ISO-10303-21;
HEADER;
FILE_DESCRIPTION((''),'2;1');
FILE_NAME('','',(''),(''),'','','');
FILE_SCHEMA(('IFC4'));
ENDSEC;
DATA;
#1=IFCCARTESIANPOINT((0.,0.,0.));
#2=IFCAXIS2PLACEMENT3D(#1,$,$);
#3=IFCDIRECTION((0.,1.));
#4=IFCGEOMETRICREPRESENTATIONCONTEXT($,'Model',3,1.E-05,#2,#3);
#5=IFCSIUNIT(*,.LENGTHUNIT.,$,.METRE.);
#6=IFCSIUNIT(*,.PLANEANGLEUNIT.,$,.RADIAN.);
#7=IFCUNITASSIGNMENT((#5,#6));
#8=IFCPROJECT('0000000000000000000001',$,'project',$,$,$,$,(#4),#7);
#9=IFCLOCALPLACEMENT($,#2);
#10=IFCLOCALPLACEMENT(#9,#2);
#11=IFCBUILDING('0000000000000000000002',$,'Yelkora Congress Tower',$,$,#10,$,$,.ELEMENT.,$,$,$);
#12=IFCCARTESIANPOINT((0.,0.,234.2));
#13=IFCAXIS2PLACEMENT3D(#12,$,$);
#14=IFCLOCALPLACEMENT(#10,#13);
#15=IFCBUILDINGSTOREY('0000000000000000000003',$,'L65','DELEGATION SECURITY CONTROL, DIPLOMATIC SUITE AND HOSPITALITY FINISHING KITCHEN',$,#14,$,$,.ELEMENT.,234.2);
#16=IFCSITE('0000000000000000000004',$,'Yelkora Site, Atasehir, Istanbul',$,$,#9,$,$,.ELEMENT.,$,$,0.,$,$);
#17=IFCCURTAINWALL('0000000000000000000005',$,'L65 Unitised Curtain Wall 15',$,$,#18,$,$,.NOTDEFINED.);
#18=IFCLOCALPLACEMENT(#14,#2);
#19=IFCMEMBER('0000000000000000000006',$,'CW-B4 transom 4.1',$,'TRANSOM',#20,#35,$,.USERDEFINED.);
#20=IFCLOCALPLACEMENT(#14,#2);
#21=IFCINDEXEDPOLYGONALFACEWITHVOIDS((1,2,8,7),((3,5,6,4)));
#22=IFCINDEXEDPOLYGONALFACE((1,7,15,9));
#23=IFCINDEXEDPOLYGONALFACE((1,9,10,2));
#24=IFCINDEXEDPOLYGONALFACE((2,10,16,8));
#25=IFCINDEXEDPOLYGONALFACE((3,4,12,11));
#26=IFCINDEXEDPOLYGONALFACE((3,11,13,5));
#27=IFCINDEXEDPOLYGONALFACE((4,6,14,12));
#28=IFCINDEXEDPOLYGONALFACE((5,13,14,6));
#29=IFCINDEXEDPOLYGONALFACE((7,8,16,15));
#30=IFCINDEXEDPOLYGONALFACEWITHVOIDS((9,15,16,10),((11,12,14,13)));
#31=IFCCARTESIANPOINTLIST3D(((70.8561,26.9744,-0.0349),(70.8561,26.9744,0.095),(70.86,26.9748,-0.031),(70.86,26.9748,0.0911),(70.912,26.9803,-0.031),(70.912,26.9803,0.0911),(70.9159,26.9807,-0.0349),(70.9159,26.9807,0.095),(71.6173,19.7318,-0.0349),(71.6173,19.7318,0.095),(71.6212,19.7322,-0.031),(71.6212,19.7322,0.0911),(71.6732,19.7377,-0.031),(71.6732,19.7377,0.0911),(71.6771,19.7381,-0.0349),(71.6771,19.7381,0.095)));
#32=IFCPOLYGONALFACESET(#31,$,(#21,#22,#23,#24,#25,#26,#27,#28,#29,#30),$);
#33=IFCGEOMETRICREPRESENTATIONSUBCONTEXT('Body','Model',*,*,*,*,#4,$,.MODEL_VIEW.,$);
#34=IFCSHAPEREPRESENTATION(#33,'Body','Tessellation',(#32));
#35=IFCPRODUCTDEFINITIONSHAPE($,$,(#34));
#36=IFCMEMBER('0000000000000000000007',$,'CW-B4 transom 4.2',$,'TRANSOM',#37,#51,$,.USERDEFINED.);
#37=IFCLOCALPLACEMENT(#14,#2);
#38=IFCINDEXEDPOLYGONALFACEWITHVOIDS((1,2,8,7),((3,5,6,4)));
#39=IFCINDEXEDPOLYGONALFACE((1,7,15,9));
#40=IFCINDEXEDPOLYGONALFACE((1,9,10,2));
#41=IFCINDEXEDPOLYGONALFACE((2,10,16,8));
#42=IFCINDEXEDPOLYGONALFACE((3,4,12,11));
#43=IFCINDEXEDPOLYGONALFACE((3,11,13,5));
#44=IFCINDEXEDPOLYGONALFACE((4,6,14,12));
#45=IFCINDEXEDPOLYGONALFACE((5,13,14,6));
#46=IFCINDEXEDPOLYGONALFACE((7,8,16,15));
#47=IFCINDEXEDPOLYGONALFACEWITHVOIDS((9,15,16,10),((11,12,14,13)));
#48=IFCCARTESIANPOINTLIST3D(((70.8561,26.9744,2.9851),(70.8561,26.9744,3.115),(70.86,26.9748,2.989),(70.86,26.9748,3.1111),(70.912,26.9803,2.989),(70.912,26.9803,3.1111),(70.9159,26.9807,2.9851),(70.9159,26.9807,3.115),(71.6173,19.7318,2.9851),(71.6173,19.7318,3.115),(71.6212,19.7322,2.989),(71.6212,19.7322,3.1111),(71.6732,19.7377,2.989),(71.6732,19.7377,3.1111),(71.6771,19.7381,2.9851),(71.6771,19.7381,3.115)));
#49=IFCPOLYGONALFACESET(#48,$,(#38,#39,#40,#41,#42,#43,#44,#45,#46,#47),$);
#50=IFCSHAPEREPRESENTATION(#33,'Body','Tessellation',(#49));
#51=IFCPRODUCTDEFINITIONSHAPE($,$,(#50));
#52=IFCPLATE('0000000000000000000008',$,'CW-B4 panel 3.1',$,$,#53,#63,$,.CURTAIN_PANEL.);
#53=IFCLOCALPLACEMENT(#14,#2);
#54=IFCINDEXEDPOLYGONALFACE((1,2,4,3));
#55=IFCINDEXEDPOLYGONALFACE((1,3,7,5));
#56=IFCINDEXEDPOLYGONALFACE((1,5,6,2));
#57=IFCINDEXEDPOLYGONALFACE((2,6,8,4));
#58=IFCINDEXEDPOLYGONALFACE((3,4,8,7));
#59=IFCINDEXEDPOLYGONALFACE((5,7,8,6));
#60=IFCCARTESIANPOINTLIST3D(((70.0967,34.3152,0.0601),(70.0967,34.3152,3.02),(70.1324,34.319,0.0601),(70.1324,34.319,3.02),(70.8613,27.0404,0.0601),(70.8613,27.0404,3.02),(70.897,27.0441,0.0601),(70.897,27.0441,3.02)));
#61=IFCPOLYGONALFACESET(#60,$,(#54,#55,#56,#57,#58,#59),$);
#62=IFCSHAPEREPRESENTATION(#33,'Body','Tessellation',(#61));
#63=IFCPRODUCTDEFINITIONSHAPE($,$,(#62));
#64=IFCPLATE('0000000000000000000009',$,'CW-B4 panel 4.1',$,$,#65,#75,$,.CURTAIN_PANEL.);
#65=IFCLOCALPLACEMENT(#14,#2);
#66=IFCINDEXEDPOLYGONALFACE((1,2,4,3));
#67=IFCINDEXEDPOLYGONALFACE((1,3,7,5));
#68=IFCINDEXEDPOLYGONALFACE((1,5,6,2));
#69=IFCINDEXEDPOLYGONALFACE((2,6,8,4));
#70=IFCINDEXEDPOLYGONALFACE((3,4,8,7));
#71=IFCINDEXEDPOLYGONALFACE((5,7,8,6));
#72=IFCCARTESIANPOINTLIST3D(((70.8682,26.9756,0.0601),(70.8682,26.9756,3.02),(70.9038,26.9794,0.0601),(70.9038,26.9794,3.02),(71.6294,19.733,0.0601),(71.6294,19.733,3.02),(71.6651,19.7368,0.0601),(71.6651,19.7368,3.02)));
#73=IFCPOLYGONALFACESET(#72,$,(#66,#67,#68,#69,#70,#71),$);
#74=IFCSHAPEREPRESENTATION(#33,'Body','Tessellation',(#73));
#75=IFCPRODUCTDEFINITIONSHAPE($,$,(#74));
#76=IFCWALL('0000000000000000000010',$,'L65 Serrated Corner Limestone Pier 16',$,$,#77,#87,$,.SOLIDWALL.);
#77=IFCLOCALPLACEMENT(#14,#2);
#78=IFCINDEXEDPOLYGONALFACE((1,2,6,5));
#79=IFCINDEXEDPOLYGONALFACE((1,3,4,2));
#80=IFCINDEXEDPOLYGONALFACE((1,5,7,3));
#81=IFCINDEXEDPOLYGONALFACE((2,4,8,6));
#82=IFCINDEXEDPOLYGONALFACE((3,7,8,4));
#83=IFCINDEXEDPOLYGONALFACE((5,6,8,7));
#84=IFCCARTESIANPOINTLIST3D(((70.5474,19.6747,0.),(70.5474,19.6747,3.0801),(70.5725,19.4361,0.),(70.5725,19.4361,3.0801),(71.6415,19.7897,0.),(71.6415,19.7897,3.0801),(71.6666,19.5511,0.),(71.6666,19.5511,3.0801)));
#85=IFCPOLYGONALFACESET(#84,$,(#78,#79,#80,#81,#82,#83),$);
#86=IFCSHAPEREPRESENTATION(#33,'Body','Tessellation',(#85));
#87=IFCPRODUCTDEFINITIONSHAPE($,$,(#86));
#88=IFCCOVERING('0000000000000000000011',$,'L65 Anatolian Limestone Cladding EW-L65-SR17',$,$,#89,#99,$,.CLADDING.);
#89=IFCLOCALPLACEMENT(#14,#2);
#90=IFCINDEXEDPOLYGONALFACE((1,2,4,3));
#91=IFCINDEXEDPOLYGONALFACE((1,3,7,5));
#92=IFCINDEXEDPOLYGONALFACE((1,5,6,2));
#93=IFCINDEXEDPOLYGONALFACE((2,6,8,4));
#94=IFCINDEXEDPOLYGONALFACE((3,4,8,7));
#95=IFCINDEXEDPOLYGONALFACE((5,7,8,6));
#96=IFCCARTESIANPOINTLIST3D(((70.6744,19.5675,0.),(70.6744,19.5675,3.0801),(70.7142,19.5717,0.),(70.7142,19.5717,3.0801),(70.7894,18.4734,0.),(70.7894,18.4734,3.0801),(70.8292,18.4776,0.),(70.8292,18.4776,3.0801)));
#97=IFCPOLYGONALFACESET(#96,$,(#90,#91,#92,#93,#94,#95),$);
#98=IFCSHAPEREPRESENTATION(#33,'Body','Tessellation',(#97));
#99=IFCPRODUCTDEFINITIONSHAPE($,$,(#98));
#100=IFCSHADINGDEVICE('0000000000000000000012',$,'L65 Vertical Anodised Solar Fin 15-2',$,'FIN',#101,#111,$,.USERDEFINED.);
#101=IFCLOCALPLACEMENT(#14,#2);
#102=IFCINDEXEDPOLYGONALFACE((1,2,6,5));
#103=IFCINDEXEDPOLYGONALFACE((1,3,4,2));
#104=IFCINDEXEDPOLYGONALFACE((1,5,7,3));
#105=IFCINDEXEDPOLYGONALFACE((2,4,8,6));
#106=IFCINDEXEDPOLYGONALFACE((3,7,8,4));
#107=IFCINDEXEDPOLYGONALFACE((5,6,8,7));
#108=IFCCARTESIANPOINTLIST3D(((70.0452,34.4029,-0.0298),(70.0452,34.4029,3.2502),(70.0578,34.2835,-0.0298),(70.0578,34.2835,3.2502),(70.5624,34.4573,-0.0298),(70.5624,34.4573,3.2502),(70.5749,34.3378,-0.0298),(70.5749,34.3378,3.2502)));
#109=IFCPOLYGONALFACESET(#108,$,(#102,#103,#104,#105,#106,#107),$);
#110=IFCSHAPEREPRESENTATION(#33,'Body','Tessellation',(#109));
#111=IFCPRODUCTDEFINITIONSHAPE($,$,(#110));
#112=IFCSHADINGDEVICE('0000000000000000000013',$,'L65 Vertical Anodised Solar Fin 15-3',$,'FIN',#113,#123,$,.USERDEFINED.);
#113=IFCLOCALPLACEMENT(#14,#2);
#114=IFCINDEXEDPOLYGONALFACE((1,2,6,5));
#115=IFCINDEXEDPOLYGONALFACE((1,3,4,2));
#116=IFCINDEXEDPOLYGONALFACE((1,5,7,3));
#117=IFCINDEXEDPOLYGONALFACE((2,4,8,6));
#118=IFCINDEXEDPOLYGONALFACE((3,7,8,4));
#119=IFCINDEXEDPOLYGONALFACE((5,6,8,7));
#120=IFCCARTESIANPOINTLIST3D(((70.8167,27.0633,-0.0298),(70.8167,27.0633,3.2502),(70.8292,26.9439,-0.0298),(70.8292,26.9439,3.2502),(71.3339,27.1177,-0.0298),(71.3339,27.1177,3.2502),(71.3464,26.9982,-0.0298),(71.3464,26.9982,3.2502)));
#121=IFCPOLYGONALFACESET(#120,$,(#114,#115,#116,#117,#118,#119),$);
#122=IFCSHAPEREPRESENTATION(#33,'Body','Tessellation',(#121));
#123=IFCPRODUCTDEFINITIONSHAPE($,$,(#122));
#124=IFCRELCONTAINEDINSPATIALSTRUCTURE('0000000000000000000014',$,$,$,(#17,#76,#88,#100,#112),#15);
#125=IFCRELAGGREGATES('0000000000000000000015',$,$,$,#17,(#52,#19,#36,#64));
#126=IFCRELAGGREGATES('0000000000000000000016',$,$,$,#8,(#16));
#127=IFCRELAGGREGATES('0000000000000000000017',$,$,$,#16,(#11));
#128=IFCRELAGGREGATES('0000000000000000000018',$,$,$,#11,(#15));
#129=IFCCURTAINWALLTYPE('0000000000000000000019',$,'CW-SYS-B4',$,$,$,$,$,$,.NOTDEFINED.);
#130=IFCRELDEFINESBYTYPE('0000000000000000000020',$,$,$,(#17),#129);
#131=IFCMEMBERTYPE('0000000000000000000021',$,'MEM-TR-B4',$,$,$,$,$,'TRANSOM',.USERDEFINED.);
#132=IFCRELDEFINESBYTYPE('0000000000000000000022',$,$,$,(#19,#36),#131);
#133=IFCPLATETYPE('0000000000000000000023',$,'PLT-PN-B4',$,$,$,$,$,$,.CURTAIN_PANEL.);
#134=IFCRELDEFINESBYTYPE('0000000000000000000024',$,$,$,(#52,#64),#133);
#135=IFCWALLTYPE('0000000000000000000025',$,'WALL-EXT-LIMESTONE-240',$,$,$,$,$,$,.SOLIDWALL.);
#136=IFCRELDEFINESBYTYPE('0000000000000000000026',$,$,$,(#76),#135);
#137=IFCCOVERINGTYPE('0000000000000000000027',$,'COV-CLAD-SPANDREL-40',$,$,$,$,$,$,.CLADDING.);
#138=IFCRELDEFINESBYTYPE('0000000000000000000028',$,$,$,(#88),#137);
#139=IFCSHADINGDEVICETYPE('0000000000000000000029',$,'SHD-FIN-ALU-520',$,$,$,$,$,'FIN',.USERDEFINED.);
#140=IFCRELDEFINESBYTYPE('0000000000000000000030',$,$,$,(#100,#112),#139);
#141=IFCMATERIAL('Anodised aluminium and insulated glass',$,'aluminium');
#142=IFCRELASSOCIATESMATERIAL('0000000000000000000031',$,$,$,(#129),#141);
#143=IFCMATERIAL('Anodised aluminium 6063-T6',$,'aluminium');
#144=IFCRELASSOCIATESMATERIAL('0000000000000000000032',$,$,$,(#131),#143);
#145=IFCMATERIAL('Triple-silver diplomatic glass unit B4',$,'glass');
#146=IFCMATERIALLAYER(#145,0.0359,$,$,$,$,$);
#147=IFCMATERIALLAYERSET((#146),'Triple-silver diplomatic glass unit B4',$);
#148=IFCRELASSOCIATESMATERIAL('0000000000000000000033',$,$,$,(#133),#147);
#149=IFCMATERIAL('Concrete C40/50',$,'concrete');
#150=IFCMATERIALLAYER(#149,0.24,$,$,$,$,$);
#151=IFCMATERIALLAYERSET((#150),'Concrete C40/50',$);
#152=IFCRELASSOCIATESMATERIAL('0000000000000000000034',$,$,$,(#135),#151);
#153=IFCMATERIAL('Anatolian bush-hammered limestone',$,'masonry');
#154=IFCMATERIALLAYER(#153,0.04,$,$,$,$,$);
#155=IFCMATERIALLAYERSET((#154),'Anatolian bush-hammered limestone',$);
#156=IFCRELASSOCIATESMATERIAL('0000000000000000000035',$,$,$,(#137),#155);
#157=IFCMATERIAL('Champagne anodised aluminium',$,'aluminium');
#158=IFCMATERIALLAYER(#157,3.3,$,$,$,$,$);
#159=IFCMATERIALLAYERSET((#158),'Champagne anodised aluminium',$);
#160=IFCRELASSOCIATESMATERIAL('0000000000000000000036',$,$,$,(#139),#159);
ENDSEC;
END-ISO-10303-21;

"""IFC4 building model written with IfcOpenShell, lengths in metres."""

from ifc_helpers import new_model, si_unit, direction, frame, frame_2d, origin, origin_2d, place, context, subcontext, project, spatial, rectangle, hollow_rectangle, extrude, material, layer, layer_set, material_profile, profile_set, type_object, element, aggregate, save


model = new_model("IFC4")

# Units and contexts
model_context = context("Model", 3, precision=1e-05, world=origin(), true_north=direction((0.0, 1.0)))
body_context = subcontext(model_context, "Body", "Model", "MODEL_VIEW")
ifc_project = project(units=[si_unit("LENGTHUNIT", "METRE"), si_unit("PLANEANGLEUNIT", "RADIAN")], contexts=[model_context])

# Site, building, storey
site_placement = place(None, origin())
site = spatial("IfcSite", under=ifc_project, at=site_placement, Name="Yelkora Site, Atasehir, Istanbul", CompositionType="ELEMENT", RefElevation=0.0)
building_placement = place(site_placement, origin())
building = spatial("IfcBuilding", under=site, at=building_placement, Name="Yelkora Congress Tower", CompositionType="ELEMENT")
storey_placement = place(building_placement, frame((0.0, 0.0, 234.2)))
storey = spatial("IfcBuildingStorey", under=building, at=storey_placement, Name="L65", Description="DELEGATION SECURITY CONTROL, DIPLOMATIC SUITE AND HOSPITALITY FINISHING KITCHEN", CompositionType="ELEMENT", Elevation=234.2)

# Curtain wall, members, plates
ifc_material_1 = material(Name="Anodised aluminium and insulated glass", Category="aluminium")
curtain_wall_type = type_object("IfcCurtainWallType", Name="CW-SYS-B4", PredefinedType="NOTDEFINED", material=ifc_material_1)
curtain_wall_placement = place(storey_placement, origin())
curtain_wall = element("IfcCurtainWall", 1, at=curtain_wall_placement, inside=storey, type_object=curtain_wall_type, Name="L65 Unitised Curtain Wall 15", PredefinedType="NOTDEFINED")
ifc_material_2 = material(Name="Anodised aluminium 6063-T6", Category="aluminium")
ifc_material_profile_1 = material_profile(ifc_material_2, hollow_rectangle(XDim=0.0601, YDim=0.1299, WallThickness=0.0039, at=origin_2d()), Name="ALU 60x130x4")
ifc_profile_set_1 = profile_set([ifc_material_profile_1], Name="Anodised aluminium 6063-T6")
member_type_1 = type_object("IfcMemberType", Name="MEM-TR-B4", ElementType="TRANSOM", PredefinedType="USERDEFINED", material=ifc_profile_set_1)
member_1_placement = place(storey_placement, frame((70.886, 26.9775, 0.03), z_axis=(0.104528, -0.994522, 0.0), x_axis=(0.994522, 0.104528, 0.0)))
member_1 = element("IfcMember", 2, at=member_1_placement, type_object=member_type_1, Name="CW-B4 transom 4.1", ObjectType="TRANSOM", PredefinedType="USERDEFINED", context=body_context, shape_type="SweptSolid", body=[
    extrude(hollow_rectangle(XDim=0.0601, YDim=0.1299, WallThickness=0.0039, at=origin_2d()), origin(), (0.0, 0.0, 1.0), 7.2825),
])
member_2_placement = place(storey_placement, frame((70.886, 26.9775, 3.05), z_axis=(0.104528, -0.994522, 0.0), x_axis=(0.994522, 0.104528, 0.0)))
member_2 = element("IfcMember", 3, at=member_2_placement, type_object=member_type_1, Name="CW-B4 transom 4.2", ObjectType="TRANSOM", PredefinedType="USERDEFINED", context=body_context, shape_type="SweptSolid", body=[
    extrude(hollow_rectangle(XDim=0.0601, YDim=0.1299, WallThickness=0.0039, at=origin_2d()), origin(), (0.0, 0.0, 1.0), 7.2825),
])
ifc_material_3 = material(Name="Triple-silver diplomatic glass unit B4", Category="glass")
ifc_layer_1 = layer(ifc_material_3, 0.0359)
ifc_layer_set_1 = layer_set([ifc_layer_1], Name="Triple-silver diplomatic glass unit B4")
plate_type = type_object("IfcPlateType", Name="PLT-PN-B4", PredefinedType="CURTAIN_PANEL", material=ifc_layer_set_1)
plate_1_placement = place(storey_placement, frame((70.4968, 30.6797, 0.0601), z_axis=(0.0, 0.0, 1.0), x_axis=(0.104526, -0.994522, 0.0)))
plate_1 = element("IfcPlate", 4, at=plate_1_placement, type_object=plate_type, Name="CW-B4 panel 3.1", PredefinedType="CURTAIN_PANEL", context=body_context, shape_type="SweptSolid", body=[
    extrude(rectangle(XDim=7.3149, YDim=0.0359, at=origin_2d()), origin(), (0.0, 0.0, 1.0), 2.96),
])
plate_2_placement = place(storey_placement, frame((71.2666, 23.3562, 0.0601), z_axis=(0.0, 0.0, 1.0), x_axis=(0.104526, -0.994522, 0.0)))
plate_2 = element("IfcPlate", 5, at=plate_2_placement, type_object=plate_type, Name="CW-B4 panel 4.1", PredefinedType="CURTAIN_PANEL", context=body_context, shape_type="SweptSolid", body=[
    extrude(rectangle(XDim=7.2825, YDim=0.0359, at=origin_2d()), origin(), (0.0, 0.0, 1.0), 2.96),
])
aggregate(curtain_wall, [plate_1, member_1, member_2, plate_2])

# Wall
ifc_material_4 = material(Name="Concrete C40/50", Category="concrete")
ifc_layer_2 = layer(ifc_material_4, 0.24)
ifc_layer_set_2 = layer_set([ifc_layer_2], Name="Concrete C40/50")
wall_type = type_object("IfcWallType", Name="WALL-EXT-LIMESTONE-240", PredefinedType="SOLIDWALL", material=ifc_layer_set_2)
wall_placement = place(storey_placement, frame((71.6541, 19.6704, 0.0), z_axis=(0.0, 0.0, 1.0), x_axis=(-0.994521, -0.104535, 0.0)))
element("IfcWall", 6, at=wall_placement, inside=storey, type_object=wall_type, Name="L65 Serrated Corner Limestone Pier 16", PredefinedType="SOLIDWALL", context=body_context, shape_type="SweptSolid", body=[
    extrude(rectangle(XDim=1.1001, YDim=0.24, at=frame_2d((0.55, 0.0))), origin(), (0.0, 0.0, 1.0), 3.0801),
])

# Covering
ifc_material_5 = material(Name="Anatolian bush-hammered limestone", Category="masonry")
ifc_layer_3 = layer(ifc_material_5, 0.04)
ifc_layer_set_3 = layer_set([ifc_layer_3], Name="Anatolian bush-hammered limestone")
covering_type = type_object("IfcCoveringType", Name="COV-CLAD-SPANDREL-40", PredefinedType="CLADDING", material=ifc_layer_set_3)
covering_placement = place(storey_placement, frame((70.6943, 19.5696, 0.0), z_axis=(0.0, 0.0, 1.0), x_axis=(0.104535, -0.994521, 0.0)))
element("IfcCovering", 7, at=covering_placement, inside=storey, type_object=covering_type, Name="L65 Anatolian Limestone Cladding EW-L65-SR17", PredefinedType="CLADDING", context=body_context, shape_type="SweptSolid", body=[
    extrude(rectangle(XDim=1.1001, YDim=0.04, at=frame_2d((0.55, 0.0))), origin(), (0.0, 0.0, 1.0), 3.0801),
])

# Shading devices
ifc_material_6 = material(Name="Champagne anodised aluminium", Category="aluminium")
ifc_layer_4 = layer(ifc_material_6, 3.3)
ifc_layer_set_4 = layer_set([ifc_layer_4], Name="Champagne anodised aluminium")
shading_device_type = type_object("IfcShadingDeviceType", Name="SHD-FIN-ALU-520", ElementType="FIN", PredefinedType="USERDEFINED", material=ifc_layer_set_4)
for number, where, z_axis, x_axis, name in (
    (8, (70.3101, 34.3704, -0.0298), (0.0, 0.0, 1.0), (0.104528, -0.994522, 0.0), "L65 Vertical Anodised Solar Fin 15-2"),
    (9, (71.0815, 27.0308, -0.0298), (0.0, 0.0, 1.0), (0.104528, -0.994522, 0.0), "L65 Vertical Anodised Solar Fin 15-3"),
):
    element("IfcShadingDevice", number, at=place(storey_placement, frame(where, z_axis=z_axis, x_axis=x_axis)), inside=storey, type_object=shading_device_type, Name=name, ObjectType="FIN", PredefinedType="USERDEFINED", context=body_context, shape_type="SweptSolid", body=[
        extrude(rectangle(XDim=0.1201, YDim=0.52, at=origin_2d()), origin(), (0.0, 0.0, 1.0), 3.28),
    ])

save(model, "model.ifc")
